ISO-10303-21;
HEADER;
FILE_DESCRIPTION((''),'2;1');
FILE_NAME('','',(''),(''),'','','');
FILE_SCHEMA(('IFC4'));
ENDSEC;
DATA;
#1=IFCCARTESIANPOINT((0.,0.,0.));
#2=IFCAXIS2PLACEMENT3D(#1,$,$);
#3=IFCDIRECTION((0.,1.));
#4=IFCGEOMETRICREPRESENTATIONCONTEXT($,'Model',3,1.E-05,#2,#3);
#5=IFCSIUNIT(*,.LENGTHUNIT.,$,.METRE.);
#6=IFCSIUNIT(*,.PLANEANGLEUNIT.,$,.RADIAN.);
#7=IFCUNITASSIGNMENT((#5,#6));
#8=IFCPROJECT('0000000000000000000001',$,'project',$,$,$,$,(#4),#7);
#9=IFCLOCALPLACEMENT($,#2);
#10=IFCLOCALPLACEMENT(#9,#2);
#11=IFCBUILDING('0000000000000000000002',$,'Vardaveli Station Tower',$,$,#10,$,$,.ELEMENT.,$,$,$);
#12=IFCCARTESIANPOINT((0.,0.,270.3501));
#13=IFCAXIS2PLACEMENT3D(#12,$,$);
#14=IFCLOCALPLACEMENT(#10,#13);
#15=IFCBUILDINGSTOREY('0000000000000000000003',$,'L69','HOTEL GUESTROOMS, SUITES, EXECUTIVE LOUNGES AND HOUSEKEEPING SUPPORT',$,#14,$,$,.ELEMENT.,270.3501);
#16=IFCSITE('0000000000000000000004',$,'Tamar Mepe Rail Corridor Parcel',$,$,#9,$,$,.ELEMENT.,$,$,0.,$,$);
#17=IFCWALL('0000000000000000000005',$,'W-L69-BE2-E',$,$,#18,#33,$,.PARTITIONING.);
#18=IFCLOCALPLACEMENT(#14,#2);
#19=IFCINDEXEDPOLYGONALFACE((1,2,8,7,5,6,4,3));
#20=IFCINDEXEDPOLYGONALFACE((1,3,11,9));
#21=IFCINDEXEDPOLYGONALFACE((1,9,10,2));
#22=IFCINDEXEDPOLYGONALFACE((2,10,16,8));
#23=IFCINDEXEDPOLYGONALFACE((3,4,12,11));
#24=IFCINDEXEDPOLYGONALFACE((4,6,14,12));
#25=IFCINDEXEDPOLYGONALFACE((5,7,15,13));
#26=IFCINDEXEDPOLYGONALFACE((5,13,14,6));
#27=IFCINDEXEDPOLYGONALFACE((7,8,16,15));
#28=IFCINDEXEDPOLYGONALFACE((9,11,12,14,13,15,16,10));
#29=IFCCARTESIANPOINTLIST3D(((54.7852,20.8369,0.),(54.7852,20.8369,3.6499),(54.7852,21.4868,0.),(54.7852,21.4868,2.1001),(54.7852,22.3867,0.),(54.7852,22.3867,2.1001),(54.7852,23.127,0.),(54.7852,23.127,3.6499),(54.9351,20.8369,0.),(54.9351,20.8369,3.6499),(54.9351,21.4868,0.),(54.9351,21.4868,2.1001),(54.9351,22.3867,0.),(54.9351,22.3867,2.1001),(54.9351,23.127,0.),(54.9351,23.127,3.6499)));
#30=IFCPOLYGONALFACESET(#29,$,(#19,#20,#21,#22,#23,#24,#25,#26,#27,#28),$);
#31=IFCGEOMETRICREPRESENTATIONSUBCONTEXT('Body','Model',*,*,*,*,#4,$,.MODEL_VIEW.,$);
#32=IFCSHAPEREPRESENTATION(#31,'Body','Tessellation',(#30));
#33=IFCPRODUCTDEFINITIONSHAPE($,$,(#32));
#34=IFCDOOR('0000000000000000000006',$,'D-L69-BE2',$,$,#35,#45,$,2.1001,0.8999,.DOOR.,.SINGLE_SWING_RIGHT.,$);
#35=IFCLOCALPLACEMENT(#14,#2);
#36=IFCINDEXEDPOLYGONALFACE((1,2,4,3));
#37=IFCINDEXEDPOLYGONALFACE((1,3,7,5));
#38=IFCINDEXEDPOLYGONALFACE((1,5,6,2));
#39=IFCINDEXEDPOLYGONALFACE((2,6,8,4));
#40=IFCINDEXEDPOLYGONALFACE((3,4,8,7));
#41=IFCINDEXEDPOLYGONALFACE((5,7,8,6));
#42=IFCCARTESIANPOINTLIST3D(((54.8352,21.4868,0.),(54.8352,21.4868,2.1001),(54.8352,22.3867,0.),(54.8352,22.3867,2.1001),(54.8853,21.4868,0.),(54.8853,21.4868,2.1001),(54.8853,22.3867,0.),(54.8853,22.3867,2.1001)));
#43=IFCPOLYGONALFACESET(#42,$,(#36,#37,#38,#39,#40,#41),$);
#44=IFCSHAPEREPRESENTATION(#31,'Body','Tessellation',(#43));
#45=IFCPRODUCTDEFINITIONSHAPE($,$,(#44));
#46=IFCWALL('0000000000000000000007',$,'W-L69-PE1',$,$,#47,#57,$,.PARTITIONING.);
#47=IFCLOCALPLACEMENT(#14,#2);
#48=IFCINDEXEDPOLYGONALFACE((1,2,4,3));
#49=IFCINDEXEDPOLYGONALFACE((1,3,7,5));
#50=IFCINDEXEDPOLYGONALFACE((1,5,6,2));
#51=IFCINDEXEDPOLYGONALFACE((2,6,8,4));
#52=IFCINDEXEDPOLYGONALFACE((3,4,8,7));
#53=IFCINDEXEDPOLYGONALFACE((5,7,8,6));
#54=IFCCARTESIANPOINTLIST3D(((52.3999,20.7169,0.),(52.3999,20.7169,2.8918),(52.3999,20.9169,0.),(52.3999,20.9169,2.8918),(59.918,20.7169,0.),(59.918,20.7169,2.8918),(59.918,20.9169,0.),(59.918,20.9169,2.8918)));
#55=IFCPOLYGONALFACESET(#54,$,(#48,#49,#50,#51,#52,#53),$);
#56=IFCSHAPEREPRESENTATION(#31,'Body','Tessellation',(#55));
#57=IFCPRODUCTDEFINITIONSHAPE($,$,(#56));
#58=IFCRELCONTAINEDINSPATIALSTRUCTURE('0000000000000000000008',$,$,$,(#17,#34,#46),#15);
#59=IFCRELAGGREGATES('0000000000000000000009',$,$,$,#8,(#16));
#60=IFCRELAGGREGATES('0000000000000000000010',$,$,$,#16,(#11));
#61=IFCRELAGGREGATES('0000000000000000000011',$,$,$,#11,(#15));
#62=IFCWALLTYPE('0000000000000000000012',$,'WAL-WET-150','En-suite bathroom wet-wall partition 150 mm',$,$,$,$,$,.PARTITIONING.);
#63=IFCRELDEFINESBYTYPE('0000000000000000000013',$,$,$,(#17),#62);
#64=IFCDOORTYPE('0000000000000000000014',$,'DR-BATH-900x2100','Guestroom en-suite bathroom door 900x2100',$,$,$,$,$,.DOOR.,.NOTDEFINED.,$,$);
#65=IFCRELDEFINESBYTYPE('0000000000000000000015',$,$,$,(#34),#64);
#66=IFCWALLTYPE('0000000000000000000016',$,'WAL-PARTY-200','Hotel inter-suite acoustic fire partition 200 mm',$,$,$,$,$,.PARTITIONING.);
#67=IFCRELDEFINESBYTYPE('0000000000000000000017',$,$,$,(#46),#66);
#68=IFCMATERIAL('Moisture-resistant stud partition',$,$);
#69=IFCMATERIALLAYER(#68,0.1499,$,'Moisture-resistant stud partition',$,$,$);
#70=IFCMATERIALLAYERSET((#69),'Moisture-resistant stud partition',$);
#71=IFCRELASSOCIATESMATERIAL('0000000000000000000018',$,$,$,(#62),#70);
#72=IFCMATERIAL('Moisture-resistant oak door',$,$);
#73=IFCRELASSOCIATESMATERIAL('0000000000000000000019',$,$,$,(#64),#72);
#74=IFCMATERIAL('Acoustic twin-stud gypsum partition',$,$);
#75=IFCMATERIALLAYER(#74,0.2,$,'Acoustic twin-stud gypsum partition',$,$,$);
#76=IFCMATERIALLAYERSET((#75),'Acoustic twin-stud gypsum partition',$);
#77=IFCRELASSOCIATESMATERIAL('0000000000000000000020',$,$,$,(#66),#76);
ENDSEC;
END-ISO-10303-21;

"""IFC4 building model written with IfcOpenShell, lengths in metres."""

from ifc_helpers import new_model, si_unit, direction, frame, frame_2d, origin, place, context, subcontext, project, spatial, rectangle, extrude, source, transform, mapped, material, layer, layer_set, type_object, element, fill, save


model = new_model("IFC4")

# Units and contexts
model_context = context("Model", 3, precision=1e-05, world=origin(), true_north=direction((0.0, 1.0)))
body_context = subcontext(model_context, "Body", "Model", "MODEL_VIEW")
ifc_project = project(units=[si_unit("LENGTHUNIT", "METRE"), si_unit("PLANEANGLEUNIT", "RADIAN")], contexts=[model_context])

# Site, building, storey
site_placement = place(None, origin())
site = spatial("IfcSite", under=ifc_project, at=site_placement, Name="Tamar Mepe Rail Corridor Parcel", CompositionType="ELEMENT", RefElevation=0.0)
building_placement = place(site_placement, origin())
building = spatial("IfcBuilding", under=site, at=building_placement, Name="Vardaveli Station Tower", CompositionType="ELEMENT")
storey_placement = place(building_placement, frame((0.0, 0.0, 270.3501)))
storey = spatial("IfcBuildingStorey", under=building, at=storey_placement, Name="L69", Description="HOTEL GUESTROOMS, SUITES, EXECUTIVE LOUNGES AND HOUSEKEEPING SUPPORT", CompositionType="ELEMENT", Elevation=270.3501)

# Shared definitions
ifc_material_1 = material(Name="Moisture-resistant stud partition")
ifc_layer_1 = layer(ifc_material_1, 0.1499, Name="Moisture-resistant stud partition")
ifc_layer_set_1 = layer_set([ifc_layer_1], Name="Moisture-resistant stud partition")
wall_type_1 = type_object("IfcWallType", Name="WAL-WET-150", Description="En-suite bathroom wet-wall partition 150 mm", PredefinedType="PARTITIONING", material=ifc_layer_set_1)

# Wall, opening, door
shared_shape_1 = source(origin(), body_context, "Body", "SweptSolid", [
    extrude(rectangle(XDim=2.29, YDim=0.1499, at=frame_2d((1.145, 0.0))), origin(), (0.0, 0.0, 1.0), 3.6499),
])
wall_1_placement = place(storey_placement, frame((54.8601, 20.8369, 0.0), z_axis=(0.0, 0.0, 1.0), x_axis=(0.0, 1.0, 0.0)))
wall_1 = element("IfcWall", 1, at=wall_1_placement, inside=storey, type_object=wall_type_1, Name="W-L69-BE2-E", PredefinedType="PARTITIONING", context=body_context, shape_type="MappedRepresentation", body=[
    mapped(shared_shape_1, transform((0.0, 0.0, 0.0), scale=1.0)),
])
shared_shape_2 = source(origin(), body_context, "Body", "SweptSolid", [
    extrude(rectangle(XDim=0.8999, YDim=2.1001, at=frame_2d((0.45, 1.05))), frame((0.0, 0.085, 0.0), z_axis=(0.0, -1.0, 0.0), x_axis=(1.0, 0.0, 0.0)), (0.0, 0.0, 1.0), 0.1699),
])
opening_placement = place(wall_1_placement, frame((0.6499, 0.0, 0.0)))
opening = element("IfcOpeningElement", 2, at=opening_placement, cuts=wall_1, PredefinedType="OPENING", context=body_context, shape_type="MappedRepresentation", body=[
    mapped(shared_shape_2, transform((0.0, 0.0, 0.0), scale=1.0)),
])
ifc_material_2 = material(Name="Moisture-resistant oak door")
door_type = type_object("IfcDoorType", Name="DR-BATH-900x2100", Description="Guestroom en-suite bathroom door 900x2100", OperationType="NOTDEFINED", PredefinedType="DOOR", material=ifc_material_2)
shared_shape_3 = source(origin(), body_context, "Body", "SweptSolid", [
    extrude(rectangle(XDim=0.8999, YDim=2.1001, at=frame_2d((0.45, 1.05))), frame((0.0, 0.0249, 0.0), z_axis=(0.0, -1.0, 0.0), x_axis=(1.0, 0.0, 0.0)), (0.0, 0.0, 1.0), 0.05),
])
door_placement = place(opening_placement, origin())
door = element("IfcDoor", 3, at=door_placement, inside=storey, type_object=door_type, Name="D-L69-BE2", OperationType="SINGLE_SWING_RIGHT", OverallHeight=2.1001, OverallWidth=0.8999, PredefinedType="DOOR", context=body_context, shape_type="MappedRepresentation", body=[
    mapped(shared_shape_3, transform((0.0, 0.0, 0.0), scale=1.0)),
])
fill(opening, door)

# Wall
ifc_material_3 = material(Name="Acoustic twin-stud gypsum partition")
ifc_layer_2 = layer(ifc_material_3, 0.2, Name="Acoustic twin-stud gypsum partition")
ifc_layer_set_2 = layer_set([ifc_layer_2], Name="Acoustic twin-stud gypsum partition")
wall_type_2 = type_object("IfcWallType", Name="WAL-PARTY-200", Description="Hotel inter-suite acoustic fire partition 200 mm", PredefinedType="PARTITIONING", material=ifc_layer_set_2)
shared_shape_4 = source(origin(), body_context, "Body", "SweptSolid", [
    extrude(rectangle(XDim=7.5181, YDim=0.2, at=frame_2d((3.759, 0.0))), origin(), (0.0, 0.0, 1.0), 2.8918),
])
wall_2_placement = place(storey_placement, frame((52.3999, 20.8169, 0.0), z_axis=(0.0, 0.0, 1.0), x_axis=(1.0, 0.0, 0.0)))
element("IfcWall", 4, at=wall_2_placement, inside=storey, type_object=wall_type_2, Name="W-L69-PE1", PredefinedType="PARTITIONING", context=body_context, shape_type="MappedRepresentation", body=[
    mapped(shared_shape_4, transform((0.0, 0.0, 0.0), scale=1.0)),
])

save(model, "model.ifc")
